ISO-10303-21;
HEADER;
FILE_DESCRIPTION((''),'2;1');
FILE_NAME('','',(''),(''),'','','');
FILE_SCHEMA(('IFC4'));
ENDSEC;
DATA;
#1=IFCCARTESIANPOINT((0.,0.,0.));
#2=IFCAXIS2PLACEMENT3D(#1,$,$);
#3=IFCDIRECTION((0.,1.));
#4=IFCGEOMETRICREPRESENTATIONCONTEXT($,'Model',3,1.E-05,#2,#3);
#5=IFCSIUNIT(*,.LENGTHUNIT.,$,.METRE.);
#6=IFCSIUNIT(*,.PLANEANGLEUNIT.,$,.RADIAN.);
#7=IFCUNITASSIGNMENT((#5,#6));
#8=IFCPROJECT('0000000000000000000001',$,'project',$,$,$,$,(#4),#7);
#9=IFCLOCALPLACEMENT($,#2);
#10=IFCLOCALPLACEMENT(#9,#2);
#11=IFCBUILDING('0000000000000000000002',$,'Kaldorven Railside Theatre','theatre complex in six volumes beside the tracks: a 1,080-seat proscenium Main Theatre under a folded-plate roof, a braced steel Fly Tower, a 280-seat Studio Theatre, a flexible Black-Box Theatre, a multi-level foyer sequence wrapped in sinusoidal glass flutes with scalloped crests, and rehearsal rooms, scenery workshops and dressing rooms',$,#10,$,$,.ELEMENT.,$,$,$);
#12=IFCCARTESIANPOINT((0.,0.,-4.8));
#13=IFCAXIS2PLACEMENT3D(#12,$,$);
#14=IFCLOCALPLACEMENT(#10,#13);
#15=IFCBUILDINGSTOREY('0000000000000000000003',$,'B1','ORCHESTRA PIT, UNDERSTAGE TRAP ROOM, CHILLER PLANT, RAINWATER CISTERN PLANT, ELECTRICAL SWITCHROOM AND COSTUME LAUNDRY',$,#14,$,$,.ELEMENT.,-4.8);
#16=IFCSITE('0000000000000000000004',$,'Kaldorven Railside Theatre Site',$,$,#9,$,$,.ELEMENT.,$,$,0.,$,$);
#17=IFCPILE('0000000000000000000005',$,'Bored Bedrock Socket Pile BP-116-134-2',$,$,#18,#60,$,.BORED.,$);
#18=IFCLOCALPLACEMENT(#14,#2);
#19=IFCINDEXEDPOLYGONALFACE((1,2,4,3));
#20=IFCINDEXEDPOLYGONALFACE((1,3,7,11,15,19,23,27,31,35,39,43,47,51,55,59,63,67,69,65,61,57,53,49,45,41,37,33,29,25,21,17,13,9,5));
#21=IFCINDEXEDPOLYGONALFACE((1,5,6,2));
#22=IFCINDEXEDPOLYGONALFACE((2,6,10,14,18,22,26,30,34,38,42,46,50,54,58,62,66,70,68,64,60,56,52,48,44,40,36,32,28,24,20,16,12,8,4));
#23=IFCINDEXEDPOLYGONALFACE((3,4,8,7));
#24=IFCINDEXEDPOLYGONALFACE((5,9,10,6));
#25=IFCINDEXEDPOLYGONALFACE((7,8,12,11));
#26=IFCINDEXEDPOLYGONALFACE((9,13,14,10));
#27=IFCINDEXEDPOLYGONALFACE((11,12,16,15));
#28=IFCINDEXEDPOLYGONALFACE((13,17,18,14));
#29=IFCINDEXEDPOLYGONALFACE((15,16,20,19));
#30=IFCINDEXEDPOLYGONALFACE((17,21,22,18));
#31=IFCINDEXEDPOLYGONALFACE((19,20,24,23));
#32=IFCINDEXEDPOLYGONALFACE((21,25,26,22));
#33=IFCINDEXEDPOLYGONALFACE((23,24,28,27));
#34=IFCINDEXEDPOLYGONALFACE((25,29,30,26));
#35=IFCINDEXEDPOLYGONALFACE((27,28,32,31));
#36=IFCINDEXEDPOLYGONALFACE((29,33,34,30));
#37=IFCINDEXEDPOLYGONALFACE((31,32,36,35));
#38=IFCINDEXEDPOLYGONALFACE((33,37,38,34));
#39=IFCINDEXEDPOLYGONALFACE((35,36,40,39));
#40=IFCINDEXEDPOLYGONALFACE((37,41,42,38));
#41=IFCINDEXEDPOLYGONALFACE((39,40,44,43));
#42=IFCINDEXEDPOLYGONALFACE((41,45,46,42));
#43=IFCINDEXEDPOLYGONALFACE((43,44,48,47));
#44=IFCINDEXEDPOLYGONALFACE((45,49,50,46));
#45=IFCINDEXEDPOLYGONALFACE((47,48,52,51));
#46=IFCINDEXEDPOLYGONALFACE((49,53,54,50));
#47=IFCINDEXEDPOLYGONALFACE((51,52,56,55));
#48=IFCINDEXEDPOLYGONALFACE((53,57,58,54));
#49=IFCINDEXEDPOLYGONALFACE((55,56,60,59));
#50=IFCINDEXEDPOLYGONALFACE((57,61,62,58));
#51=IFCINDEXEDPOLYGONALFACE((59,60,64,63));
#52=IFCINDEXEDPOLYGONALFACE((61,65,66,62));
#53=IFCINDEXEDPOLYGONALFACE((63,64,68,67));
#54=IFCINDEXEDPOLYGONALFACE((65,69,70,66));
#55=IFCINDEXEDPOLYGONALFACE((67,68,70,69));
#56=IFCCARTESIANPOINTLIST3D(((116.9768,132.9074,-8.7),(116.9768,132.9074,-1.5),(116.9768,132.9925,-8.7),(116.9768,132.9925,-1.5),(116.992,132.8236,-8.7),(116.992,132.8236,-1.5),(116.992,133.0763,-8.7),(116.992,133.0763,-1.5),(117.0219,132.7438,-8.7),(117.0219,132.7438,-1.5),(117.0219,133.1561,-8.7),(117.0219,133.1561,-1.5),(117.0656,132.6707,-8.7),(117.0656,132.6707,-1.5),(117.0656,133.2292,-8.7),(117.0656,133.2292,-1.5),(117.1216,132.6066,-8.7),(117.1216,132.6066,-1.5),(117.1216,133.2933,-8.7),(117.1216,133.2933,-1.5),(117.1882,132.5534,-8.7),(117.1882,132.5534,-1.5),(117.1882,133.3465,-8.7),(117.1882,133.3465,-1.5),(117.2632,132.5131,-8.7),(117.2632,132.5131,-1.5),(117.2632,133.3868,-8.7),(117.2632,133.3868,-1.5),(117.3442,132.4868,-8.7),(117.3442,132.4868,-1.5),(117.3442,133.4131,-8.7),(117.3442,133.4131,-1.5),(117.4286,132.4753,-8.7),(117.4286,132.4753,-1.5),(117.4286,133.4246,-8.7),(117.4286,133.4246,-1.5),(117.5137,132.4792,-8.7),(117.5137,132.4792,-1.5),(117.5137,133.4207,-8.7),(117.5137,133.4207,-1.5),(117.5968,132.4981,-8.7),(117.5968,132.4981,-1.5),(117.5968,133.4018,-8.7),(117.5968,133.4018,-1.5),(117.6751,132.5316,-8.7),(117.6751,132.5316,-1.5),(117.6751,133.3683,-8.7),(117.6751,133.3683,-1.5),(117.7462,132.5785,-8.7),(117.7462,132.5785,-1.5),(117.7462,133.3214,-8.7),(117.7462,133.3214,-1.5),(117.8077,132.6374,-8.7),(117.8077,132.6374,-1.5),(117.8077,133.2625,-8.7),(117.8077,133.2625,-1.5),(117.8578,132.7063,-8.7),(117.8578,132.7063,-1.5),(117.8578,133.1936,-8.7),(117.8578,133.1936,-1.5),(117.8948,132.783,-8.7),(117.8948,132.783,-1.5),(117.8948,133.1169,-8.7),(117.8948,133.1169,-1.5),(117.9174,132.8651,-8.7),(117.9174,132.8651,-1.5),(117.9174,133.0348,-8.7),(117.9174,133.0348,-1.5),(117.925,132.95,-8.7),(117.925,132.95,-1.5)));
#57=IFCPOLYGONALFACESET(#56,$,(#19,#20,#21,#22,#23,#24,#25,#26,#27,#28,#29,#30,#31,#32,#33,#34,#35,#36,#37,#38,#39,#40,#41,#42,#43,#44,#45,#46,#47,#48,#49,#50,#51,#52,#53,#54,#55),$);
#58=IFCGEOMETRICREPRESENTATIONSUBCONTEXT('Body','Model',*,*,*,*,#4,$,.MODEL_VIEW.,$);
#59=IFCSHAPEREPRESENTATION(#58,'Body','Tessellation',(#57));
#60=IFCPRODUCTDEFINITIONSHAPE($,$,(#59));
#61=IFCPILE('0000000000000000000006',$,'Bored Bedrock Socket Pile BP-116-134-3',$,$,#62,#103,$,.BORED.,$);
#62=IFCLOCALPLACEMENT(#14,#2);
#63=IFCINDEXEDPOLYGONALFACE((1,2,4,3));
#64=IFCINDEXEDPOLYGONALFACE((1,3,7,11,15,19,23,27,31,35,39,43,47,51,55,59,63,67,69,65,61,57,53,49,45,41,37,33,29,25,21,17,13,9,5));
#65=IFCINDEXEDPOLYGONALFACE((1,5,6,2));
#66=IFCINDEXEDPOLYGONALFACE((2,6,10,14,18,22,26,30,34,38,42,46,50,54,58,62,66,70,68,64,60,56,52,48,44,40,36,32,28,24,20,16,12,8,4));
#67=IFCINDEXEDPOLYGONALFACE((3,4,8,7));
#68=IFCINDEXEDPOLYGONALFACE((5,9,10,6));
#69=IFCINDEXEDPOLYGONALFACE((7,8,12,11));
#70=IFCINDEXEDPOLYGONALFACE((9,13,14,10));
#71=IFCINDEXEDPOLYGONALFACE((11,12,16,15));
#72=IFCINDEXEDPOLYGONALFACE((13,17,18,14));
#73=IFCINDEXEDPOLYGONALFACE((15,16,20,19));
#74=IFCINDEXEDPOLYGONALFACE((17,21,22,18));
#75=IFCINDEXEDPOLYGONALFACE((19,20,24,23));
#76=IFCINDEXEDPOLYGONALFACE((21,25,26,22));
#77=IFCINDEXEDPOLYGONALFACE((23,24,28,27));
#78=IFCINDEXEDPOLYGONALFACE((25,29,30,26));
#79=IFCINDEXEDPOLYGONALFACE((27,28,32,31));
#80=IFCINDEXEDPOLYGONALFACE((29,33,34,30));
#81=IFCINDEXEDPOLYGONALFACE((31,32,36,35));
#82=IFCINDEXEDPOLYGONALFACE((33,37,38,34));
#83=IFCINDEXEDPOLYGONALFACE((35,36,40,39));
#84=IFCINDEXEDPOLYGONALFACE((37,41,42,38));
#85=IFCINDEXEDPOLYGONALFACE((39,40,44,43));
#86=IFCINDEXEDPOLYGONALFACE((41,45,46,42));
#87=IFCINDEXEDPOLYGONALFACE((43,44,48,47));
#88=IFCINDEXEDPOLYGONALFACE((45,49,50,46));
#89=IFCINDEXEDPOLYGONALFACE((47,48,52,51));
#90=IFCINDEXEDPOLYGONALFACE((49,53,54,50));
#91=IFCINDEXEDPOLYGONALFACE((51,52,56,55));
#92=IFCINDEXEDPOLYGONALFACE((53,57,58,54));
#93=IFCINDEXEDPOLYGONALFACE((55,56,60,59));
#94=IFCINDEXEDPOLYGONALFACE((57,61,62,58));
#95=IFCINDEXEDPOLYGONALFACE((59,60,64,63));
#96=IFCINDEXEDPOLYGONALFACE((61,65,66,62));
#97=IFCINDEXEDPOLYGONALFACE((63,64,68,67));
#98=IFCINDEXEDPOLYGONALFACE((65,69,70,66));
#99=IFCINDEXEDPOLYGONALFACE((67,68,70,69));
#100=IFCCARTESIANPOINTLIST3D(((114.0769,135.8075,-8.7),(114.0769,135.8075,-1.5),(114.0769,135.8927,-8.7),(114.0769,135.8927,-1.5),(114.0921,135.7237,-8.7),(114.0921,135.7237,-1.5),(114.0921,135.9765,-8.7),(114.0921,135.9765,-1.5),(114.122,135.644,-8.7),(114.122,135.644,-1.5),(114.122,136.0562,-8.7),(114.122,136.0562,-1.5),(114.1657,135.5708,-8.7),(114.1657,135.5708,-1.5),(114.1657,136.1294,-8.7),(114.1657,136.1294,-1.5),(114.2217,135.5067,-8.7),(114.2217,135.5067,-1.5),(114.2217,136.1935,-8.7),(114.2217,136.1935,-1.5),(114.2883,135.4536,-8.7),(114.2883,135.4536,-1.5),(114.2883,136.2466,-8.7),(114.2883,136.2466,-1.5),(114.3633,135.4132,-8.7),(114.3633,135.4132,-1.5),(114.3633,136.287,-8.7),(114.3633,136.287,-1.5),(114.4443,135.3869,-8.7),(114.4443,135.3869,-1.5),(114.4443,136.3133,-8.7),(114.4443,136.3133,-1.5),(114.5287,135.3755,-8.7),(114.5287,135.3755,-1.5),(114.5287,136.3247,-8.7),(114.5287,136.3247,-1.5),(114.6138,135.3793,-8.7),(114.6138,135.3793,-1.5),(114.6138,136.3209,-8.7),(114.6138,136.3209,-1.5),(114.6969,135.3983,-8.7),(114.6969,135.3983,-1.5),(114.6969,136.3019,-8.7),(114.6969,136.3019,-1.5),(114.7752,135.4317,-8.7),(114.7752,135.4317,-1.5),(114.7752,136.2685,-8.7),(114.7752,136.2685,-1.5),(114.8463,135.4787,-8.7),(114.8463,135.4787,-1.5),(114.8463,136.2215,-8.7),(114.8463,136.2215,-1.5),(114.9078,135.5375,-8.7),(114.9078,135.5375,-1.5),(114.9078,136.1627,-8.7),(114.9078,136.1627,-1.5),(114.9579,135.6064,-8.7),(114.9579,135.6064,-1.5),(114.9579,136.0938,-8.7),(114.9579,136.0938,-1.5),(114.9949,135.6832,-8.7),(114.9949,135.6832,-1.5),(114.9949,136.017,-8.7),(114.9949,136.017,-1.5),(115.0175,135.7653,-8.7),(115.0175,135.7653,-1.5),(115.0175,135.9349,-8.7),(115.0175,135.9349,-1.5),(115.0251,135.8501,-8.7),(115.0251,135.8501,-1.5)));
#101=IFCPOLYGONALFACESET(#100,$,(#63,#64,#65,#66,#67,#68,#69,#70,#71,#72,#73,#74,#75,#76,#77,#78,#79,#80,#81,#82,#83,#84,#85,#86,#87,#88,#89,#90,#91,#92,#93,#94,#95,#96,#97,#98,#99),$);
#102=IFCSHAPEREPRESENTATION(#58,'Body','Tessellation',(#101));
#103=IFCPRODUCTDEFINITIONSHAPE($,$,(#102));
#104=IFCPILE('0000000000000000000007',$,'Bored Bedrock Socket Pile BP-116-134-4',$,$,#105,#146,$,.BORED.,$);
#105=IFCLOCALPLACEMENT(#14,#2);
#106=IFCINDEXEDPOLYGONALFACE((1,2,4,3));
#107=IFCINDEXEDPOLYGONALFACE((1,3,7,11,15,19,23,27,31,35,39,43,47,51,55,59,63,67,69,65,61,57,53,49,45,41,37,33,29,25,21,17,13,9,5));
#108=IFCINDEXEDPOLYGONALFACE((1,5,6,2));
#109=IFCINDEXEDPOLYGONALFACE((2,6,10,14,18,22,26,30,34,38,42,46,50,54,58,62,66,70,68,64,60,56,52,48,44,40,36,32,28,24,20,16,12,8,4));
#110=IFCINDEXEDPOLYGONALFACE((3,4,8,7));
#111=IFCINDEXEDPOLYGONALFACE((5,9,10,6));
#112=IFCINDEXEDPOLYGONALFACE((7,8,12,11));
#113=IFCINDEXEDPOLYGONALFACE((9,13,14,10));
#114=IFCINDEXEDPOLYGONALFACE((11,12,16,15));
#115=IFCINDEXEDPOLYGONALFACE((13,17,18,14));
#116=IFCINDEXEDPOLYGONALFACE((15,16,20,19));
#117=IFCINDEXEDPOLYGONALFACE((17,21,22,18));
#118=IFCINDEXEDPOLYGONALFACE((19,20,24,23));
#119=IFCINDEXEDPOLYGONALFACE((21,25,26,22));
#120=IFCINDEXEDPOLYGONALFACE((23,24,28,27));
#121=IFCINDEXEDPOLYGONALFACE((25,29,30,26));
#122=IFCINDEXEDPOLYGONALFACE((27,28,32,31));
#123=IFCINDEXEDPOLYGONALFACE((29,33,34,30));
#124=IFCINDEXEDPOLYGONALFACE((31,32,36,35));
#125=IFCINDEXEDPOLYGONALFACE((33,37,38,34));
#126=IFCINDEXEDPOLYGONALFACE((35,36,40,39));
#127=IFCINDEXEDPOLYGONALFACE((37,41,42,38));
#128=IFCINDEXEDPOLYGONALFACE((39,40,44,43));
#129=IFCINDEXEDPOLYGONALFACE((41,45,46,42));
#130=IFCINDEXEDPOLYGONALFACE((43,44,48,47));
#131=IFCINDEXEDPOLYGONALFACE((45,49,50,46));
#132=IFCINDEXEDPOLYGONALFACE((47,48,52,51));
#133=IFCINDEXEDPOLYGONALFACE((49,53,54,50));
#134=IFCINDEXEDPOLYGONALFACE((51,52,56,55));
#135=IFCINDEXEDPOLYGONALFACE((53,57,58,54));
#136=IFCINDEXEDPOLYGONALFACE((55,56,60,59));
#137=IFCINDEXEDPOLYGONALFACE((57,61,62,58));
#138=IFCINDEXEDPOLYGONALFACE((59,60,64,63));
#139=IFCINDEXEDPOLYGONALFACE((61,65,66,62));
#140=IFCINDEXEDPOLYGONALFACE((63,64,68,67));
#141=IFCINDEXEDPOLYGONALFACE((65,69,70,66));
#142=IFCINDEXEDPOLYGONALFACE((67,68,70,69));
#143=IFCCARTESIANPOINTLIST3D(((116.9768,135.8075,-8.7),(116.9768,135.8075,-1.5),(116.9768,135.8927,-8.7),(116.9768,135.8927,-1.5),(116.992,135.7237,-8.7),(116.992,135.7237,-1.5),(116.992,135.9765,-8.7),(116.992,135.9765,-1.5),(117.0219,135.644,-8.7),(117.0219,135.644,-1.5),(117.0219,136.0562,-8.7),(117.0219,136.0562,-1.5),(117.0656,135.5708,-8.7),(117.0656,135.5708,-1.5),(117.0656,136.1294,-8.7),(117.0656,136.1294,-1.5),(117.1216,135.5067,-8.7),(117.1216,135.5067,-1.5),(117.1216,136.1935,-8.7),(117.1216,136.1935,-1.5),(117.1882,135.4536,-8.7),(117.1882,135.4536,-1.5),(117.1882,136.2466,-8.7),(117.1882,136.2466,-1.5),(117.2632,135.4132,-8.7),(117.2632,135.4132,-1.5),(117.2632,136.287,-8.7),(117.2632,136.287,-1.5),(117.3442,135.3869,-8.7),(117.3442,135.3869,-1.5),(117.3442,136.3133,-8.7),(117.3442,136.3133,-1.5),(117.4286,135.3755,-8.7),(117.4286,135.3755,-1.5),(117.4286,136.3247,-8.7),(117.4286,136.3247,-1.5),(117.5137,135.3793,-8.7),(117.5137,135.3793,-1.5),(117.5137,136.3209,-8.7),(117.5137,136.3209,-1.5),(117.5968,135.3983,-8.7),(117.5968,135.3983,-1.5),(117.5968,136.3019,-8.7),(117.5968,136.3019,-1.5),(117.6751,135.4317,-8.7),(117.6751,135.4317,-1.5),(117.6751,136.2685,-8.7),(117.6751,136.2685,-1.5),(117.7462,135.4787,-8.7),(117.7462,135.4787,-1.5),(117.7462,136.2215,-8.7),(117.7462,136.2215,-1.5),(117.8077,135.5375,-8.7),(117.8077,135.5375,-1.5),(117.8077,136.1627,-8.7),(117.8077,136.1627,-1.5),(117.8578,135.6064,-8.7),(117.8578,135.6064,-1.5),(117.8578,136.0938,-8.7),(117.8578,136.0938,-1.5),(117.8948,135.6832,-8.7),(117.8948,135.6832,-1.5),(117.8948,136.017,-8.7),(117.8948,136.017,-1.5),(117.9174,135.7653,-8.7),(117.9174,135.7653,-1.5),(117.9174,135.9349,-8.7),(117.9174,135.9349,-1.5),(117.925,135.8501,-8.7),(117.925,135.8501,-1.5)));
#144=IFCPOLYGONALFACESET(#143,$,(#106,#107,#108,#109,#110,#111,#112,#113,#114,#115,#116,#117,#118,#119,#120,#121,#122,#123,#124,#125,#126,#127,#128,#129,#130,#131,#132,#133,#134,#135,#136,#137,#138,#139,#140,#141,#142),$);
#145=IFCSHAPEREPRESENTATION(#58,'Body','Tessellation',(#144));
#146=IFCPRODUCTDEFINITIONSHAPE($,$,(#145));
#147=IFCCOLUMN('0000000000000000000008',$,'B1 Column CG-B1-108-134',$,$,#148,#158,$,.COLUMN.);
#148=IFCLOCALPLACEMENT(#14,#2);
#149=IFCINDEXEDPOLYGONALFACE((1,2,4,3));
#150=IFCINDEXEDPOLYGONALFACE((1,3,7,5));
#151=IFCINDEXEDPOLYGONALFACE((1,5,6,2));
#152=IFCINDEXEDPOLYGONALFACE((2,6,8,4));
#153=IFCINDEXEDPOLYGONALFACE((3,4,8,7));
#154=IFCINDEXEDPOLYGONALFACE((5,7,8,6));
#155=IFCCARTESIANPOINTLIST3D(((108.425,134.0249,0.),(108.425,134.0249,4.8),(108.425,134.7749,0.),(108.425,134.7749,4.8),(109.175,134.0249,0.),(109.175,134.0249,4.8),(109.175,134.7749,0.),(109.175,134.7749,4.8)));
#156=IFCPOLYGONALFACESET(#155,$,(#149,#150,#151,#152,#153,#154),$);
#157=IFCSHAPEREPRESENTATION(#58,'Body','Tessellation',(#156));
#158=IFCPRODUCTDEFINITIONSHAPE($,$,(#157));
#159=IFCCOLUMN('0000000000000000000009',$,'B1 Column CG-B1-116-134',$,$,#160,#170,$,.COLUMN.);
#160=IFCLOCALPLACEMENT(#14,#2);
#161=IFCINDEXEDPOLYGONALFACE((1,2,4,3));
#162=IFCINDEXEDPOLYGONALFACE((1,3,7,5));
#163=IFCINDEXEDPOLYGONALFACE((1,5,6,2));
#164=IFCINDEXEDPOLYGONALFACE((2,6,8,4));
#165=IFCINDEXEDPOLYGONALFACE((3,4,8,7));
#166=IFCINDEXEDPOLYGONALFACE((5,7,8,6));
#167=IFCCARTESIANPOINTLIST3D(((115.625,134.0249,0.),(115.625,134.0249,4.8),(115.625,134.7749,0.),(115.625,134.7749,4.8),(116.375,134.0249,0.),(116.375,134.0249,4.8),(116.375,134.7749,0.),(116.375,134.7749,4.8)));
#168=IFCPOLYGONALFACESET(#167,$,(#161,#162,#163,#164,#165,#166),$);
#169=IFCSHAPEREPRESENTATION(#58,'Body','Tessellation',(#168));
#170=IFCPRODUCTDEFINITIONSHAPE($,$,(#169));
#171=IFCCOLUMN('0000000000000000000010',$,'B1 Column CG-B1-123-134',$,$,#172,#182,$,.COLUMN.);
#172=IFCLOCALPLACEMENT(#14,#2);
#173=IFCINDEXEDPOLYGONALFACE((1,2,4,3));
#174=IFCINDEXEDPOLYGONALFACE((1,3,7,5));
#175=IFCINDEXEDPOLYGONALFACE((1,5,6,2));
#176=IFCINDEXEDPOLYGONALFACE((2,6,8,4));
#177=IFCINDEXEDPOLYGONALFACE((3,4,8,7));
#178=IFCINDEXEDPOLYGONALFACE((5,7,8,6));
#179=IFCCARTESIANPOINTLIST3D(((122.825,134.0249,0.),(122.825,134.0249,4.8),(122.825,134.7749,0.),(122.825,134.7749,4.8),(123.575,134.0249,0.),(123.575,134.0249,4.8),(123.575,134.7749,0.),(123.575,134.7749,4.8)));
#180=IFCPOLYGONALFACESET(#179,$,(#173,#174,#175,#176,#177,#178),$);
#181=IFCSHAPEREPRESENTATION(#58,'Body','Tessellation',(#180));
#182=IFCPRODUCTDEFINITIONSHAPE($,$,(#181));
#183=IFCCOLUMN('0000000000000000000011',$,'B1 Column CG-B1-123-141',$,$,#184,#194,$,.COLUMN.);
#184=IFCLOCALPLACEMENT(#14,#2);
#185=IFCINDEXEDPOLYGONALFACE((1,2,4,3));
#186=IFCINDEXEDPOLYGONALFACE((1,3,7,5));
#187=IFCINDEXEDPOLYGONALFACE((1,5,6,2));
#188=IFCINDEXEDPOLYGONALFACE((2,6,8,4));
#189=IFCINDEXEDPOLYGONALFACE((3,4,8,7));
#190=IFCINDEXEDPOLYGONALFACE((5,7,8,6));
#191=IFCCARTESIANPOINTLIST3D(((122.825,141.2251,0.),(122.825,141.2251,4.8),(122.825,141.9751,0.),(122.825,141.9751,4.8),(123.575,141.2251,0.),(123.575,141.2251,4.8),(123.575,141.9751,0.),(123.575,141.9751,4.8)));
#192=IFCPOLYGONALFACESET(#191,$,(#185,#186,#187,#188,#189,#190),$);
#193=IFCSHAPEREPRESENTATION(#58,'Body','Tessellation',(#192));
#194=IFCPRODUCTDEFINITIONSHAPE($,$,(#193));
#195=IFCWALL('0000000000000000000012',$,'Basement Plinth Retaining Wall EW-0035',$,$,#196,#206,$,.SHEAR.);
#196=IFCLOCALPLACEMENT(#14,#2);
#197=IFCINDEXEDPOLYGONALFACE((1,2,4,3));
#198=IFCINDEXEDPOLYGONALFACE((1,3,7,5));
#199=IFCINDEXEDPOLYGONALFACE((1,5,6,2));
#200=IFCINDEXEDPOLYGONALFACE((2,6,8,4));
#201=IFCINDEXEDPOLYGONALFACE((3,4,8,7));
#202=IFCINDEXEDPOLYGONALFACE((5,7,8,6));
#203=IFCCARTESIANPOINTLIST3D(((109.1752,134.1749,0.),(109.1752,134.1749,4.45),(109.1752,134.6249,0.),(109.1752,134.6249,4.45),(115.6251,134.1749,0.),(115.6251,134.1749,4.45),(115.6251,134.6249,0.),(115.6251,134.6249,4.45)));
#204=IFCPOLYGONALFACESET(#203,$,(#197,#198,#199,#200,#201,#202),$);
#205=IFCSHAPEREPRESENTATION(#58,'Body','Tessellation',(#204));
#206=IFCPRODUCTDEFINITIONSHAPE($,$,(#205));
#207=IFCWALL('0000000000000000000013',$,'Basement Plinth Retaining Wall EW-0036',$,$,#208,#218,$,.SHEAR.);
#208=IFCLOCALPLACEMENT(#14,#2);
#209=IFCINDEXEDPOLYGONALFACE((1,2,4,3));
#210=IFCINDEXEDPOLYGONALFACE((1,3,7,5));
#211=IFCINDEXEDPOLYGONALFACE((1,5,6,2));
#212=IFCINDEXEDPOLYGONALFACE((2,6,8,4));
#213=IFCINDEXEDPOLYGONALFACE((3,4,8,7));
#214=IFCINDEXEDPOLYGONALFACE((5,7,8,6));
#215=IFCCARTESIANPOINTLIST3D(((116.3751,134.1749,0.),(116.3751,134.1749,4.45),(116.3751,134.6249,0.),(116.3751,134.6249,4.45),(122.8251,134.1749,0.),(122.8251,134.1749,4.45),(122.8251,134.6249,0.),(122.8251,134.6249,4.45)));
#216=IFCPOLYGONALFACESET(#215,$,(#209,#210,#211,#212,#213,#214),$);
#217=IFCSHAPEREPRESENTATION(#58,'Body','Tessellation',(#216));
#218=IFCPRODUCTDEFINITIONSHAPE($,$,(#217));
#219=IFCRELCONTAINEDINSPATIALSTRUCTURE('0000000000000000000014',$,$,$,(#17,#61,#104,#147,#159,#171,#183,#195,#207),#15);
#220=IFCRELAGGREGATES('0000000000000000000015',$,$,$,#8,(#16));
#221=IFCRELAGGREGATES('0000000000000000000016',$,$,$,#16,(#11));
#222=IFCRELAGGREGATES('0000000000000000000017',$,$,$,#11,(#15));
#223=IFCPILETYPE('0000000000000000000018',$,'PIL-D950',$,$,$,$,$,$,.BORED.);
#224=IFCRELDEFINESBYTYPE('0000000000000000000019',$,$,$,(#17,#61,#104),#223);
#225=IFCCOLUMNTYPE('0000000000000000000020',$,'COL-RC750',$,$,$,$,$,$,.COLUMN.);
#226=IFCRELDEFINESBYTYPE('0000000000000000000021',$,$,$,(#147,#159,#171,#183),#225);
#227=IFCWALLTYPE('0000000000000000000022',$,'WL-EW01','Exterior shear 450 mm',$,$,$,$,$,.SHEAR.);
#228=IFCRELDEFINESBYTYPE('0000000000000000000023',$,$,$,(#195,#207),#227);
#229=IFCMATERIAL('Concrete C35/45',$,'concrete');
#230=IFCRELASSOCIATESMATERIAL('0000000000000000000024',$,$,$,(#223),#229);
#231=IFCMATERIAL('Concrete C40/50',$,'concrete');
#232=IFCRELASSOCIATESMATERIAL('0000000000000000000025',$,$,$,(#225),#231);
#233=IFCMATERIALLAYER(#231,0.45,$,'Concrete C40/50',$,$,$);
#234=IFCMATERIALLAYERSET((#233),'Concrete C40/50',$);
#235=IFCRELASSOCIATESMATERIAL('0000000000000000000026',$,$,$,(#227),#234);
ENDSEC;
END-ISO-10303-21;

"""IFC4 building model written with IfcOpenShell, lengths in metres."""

from ifc_helpers import new_model, si_unit, direction, frame, frame_2d, origin, origin_2d, place, context, subcontext, project, spatial, rectangle, circle, extrude, material, layer, layer_set, material_profile, profile_set, type_object, element, save


model = new_model("IFC4")

# Units and contexts
model_context = context("Model", 3, precision=1e-05, world=origin(), true_north=direction((0.0, 1.0)))
body_context = subcontext(model_context, "Body", "Model", "MODEL_VIEW")
ifc_project = project(units=[si_unit("LENGTHUNIT", "METRE"), si_unit("PLANEANGLEUNIT", "RADIAN")], contexts=[model_context])

# Site, building, storey
site_placement = place(None, origin())
site = spatial("IfcSite", under=ifc_project, at=site_placement, Name="Kaldorven Railside Theatre Site", CompositionType="ELEMENT", RefElevation=0.0)
building_placement = place(site_placement, origin())
building = spatial("IfcBuilding", under=site, at=building_placement, Name="Kaldorven Railside Theatre", Description="theatre complex in six volumes beside the tracks: a 1,080-seat proscenium Main Theatre under a folded-plate roof, a braced steel Fly Tower, a 280-seat Studio Theatre, a flexible Black-Box Theatre, a multi-level foyer sequence wrapped in sinusoidal glass flutes with scalloped crests, and rehearsal rooms, scenery workshops and dressing rooms", CompositionType="ELEMENT")
storey_placement = place(building_placement, frame((0.0, 0.0, -4.8)))
storey = spatial("IfcBuildingStorey", under=building, at=storey_placement, Name="B1", Description="ORCHESTRA PIT, UNDERSTAGE TRAP ROOM, CHILLER PLANT, RAINWATER CISTERN PLANT, ELECTRICAL SWITCHROOM AND COSTUME LAUNDRY", CompositionType="ELEMENT", Elevation=-4.8)

# Shared definitions
ifc_material_1 = material(Name="Concrete C40/50", Category="concrete")

# Piles
ifc_material_2 = material(Name="Concrete C35/45", Category="concrete")
ifc_material_profile_1 = material_profile(ifc_material_2, circle(Radius=0.4751, at=origin_2d()), Name="BP D950")
ifc_profile_set_1 = profile_set([ifc_material_profile_1], Name="Concrete C35/45")
pile_type_1 = type_object("IfcPileType", Name="PIL-D950", PredefinedType="BORED", material=ifc_profile_set_1)
for number, where, z_axis, x_axis, name in (
    (1, (117.45, 132.95, -1.5), (0.0, 0.0, -1.0), (1.0, 0.0, 0.0), "Bored Bedrock Socket Pile BP-116-134-2"),
    (2, (114.55, 135.8501, -1.5), (0.0, 0.0, -1.0), (1.0, 0.0, 0.0), "Bored Bedrock Socket Pile BP-116-134-3"),
    (3, (117.45, 135.8501, -1.5), (0.0, 0.0, -1.0), (1.0, 0.0, 0.0), "Bored Bedrock Socket Pile BP-116-134-4"),
):
    element("IfcPile", number, at=place(storey_placement, frame(where, z_axis=z_axis, x_axis=x_axis)), inside=storey, type_object=pile_type_1, Name=name, PredefinedType="BORED", context=body_context, shape_type="SweptSolid", body=[
        extrude(circle(Radius=0.4751, at=origin_2d()), origin(), (0.0, 0.0, 1.0), 7.2),
    ])

# Columns
ifc_material_profile_2 = material_profile(ifc_material_1, rectangle(XDim=0.75, YDim=0.75, at=origin_2d()), Name="RC 750x750")
ifc_profile_set_2 = profile_set([ifc_material_profile_2], Name="Concrete C40/50")
column_type = type_object("IfcColumnType", Name="COL-RC750", PredefinedType="COLUMN", material=ifc_profile_set_2)
for number, where, z_axis, x_axis, name in (
    (4, (108.8, 134.3999, 0.0), (0.0, 0.0, 1.0), (0.0, 1.0, 0.0), "B1 Column CG-B1-108-134"),
    (5, (116.0, 134.3999, 0.0), (0.0, 0.0, 1.0), (1.0, 0.0, 0.0), "B1 Column CG-B1-116-134"),
    (6, (123.2, 134.3999, 0.0), (0.0, 0.0, 1.0), (0.0, 1.0, 0.0), "B1 Column CG-B1-123-134"),
    (7, (123.2, 141.6001, 0.0), (0.0, 0.0, 1.0), (1.0, 0.0, 0.0), "B1 Column CG-B1-123-141"),
):
    element("IfcColumn", number, at=place(storey_placement, frame(where, z_axis=z_axis, x_axis=x_axis)), inside=storey, type_object=column_type, Name=name, PredefinedType="COLUMN", context=body_context, shape_type="SweptSolid", body=[
        extrude(rectangle(XDim=0.75, YDim=0.75, at=origin_2d()), origin(), (0.0, 0.0, 1.0), 4.8),
    ])

# Walls
ifc_layer = layer(ifc_material_1, 0.45, Name="Concrete C40/50")
ifc_layer_set = layer_set([ifc_layer], Name="Concrete C40/50")
wall_type = type_object("IfcWallType", Name="WL-EW01", Description="Exterior shear 450 mm", PredefinedType="SHEAR", material=ifc_layer_set)
for number, where, z_axis, x_axis, name in (
    (8, (109.175, 134.3999, 0.0), (0.0, 0.0, 1.0), (1.0, 0.0, 0.0), "Basement Plinth Retaining Wall EW-0035"),
    (9, (116.375, 134.3999, 0.0), (0.0, 0.0, 1.0), (1.0, 0.0, 0.0), "Basement Plinth Retaining Wall EW-0036"),
):
    element("IfcWall", number, at=place(storey_placement, frame(where, z_axis=z_axis, x_axis=x_axis)), inside=storey, type_object=wall_type, Name=name, PredefinedType="SHEAR", context=body_context, shape_type="SweptSolid", body=[
        extrude(rectangle(XDim=6.45, YDim=0.45, at=frame_2d((3.2251, 0.0))), origin(), (0.0, 0.0, 1.0), 4.45),
    ])

save(model, "model.ifc")
